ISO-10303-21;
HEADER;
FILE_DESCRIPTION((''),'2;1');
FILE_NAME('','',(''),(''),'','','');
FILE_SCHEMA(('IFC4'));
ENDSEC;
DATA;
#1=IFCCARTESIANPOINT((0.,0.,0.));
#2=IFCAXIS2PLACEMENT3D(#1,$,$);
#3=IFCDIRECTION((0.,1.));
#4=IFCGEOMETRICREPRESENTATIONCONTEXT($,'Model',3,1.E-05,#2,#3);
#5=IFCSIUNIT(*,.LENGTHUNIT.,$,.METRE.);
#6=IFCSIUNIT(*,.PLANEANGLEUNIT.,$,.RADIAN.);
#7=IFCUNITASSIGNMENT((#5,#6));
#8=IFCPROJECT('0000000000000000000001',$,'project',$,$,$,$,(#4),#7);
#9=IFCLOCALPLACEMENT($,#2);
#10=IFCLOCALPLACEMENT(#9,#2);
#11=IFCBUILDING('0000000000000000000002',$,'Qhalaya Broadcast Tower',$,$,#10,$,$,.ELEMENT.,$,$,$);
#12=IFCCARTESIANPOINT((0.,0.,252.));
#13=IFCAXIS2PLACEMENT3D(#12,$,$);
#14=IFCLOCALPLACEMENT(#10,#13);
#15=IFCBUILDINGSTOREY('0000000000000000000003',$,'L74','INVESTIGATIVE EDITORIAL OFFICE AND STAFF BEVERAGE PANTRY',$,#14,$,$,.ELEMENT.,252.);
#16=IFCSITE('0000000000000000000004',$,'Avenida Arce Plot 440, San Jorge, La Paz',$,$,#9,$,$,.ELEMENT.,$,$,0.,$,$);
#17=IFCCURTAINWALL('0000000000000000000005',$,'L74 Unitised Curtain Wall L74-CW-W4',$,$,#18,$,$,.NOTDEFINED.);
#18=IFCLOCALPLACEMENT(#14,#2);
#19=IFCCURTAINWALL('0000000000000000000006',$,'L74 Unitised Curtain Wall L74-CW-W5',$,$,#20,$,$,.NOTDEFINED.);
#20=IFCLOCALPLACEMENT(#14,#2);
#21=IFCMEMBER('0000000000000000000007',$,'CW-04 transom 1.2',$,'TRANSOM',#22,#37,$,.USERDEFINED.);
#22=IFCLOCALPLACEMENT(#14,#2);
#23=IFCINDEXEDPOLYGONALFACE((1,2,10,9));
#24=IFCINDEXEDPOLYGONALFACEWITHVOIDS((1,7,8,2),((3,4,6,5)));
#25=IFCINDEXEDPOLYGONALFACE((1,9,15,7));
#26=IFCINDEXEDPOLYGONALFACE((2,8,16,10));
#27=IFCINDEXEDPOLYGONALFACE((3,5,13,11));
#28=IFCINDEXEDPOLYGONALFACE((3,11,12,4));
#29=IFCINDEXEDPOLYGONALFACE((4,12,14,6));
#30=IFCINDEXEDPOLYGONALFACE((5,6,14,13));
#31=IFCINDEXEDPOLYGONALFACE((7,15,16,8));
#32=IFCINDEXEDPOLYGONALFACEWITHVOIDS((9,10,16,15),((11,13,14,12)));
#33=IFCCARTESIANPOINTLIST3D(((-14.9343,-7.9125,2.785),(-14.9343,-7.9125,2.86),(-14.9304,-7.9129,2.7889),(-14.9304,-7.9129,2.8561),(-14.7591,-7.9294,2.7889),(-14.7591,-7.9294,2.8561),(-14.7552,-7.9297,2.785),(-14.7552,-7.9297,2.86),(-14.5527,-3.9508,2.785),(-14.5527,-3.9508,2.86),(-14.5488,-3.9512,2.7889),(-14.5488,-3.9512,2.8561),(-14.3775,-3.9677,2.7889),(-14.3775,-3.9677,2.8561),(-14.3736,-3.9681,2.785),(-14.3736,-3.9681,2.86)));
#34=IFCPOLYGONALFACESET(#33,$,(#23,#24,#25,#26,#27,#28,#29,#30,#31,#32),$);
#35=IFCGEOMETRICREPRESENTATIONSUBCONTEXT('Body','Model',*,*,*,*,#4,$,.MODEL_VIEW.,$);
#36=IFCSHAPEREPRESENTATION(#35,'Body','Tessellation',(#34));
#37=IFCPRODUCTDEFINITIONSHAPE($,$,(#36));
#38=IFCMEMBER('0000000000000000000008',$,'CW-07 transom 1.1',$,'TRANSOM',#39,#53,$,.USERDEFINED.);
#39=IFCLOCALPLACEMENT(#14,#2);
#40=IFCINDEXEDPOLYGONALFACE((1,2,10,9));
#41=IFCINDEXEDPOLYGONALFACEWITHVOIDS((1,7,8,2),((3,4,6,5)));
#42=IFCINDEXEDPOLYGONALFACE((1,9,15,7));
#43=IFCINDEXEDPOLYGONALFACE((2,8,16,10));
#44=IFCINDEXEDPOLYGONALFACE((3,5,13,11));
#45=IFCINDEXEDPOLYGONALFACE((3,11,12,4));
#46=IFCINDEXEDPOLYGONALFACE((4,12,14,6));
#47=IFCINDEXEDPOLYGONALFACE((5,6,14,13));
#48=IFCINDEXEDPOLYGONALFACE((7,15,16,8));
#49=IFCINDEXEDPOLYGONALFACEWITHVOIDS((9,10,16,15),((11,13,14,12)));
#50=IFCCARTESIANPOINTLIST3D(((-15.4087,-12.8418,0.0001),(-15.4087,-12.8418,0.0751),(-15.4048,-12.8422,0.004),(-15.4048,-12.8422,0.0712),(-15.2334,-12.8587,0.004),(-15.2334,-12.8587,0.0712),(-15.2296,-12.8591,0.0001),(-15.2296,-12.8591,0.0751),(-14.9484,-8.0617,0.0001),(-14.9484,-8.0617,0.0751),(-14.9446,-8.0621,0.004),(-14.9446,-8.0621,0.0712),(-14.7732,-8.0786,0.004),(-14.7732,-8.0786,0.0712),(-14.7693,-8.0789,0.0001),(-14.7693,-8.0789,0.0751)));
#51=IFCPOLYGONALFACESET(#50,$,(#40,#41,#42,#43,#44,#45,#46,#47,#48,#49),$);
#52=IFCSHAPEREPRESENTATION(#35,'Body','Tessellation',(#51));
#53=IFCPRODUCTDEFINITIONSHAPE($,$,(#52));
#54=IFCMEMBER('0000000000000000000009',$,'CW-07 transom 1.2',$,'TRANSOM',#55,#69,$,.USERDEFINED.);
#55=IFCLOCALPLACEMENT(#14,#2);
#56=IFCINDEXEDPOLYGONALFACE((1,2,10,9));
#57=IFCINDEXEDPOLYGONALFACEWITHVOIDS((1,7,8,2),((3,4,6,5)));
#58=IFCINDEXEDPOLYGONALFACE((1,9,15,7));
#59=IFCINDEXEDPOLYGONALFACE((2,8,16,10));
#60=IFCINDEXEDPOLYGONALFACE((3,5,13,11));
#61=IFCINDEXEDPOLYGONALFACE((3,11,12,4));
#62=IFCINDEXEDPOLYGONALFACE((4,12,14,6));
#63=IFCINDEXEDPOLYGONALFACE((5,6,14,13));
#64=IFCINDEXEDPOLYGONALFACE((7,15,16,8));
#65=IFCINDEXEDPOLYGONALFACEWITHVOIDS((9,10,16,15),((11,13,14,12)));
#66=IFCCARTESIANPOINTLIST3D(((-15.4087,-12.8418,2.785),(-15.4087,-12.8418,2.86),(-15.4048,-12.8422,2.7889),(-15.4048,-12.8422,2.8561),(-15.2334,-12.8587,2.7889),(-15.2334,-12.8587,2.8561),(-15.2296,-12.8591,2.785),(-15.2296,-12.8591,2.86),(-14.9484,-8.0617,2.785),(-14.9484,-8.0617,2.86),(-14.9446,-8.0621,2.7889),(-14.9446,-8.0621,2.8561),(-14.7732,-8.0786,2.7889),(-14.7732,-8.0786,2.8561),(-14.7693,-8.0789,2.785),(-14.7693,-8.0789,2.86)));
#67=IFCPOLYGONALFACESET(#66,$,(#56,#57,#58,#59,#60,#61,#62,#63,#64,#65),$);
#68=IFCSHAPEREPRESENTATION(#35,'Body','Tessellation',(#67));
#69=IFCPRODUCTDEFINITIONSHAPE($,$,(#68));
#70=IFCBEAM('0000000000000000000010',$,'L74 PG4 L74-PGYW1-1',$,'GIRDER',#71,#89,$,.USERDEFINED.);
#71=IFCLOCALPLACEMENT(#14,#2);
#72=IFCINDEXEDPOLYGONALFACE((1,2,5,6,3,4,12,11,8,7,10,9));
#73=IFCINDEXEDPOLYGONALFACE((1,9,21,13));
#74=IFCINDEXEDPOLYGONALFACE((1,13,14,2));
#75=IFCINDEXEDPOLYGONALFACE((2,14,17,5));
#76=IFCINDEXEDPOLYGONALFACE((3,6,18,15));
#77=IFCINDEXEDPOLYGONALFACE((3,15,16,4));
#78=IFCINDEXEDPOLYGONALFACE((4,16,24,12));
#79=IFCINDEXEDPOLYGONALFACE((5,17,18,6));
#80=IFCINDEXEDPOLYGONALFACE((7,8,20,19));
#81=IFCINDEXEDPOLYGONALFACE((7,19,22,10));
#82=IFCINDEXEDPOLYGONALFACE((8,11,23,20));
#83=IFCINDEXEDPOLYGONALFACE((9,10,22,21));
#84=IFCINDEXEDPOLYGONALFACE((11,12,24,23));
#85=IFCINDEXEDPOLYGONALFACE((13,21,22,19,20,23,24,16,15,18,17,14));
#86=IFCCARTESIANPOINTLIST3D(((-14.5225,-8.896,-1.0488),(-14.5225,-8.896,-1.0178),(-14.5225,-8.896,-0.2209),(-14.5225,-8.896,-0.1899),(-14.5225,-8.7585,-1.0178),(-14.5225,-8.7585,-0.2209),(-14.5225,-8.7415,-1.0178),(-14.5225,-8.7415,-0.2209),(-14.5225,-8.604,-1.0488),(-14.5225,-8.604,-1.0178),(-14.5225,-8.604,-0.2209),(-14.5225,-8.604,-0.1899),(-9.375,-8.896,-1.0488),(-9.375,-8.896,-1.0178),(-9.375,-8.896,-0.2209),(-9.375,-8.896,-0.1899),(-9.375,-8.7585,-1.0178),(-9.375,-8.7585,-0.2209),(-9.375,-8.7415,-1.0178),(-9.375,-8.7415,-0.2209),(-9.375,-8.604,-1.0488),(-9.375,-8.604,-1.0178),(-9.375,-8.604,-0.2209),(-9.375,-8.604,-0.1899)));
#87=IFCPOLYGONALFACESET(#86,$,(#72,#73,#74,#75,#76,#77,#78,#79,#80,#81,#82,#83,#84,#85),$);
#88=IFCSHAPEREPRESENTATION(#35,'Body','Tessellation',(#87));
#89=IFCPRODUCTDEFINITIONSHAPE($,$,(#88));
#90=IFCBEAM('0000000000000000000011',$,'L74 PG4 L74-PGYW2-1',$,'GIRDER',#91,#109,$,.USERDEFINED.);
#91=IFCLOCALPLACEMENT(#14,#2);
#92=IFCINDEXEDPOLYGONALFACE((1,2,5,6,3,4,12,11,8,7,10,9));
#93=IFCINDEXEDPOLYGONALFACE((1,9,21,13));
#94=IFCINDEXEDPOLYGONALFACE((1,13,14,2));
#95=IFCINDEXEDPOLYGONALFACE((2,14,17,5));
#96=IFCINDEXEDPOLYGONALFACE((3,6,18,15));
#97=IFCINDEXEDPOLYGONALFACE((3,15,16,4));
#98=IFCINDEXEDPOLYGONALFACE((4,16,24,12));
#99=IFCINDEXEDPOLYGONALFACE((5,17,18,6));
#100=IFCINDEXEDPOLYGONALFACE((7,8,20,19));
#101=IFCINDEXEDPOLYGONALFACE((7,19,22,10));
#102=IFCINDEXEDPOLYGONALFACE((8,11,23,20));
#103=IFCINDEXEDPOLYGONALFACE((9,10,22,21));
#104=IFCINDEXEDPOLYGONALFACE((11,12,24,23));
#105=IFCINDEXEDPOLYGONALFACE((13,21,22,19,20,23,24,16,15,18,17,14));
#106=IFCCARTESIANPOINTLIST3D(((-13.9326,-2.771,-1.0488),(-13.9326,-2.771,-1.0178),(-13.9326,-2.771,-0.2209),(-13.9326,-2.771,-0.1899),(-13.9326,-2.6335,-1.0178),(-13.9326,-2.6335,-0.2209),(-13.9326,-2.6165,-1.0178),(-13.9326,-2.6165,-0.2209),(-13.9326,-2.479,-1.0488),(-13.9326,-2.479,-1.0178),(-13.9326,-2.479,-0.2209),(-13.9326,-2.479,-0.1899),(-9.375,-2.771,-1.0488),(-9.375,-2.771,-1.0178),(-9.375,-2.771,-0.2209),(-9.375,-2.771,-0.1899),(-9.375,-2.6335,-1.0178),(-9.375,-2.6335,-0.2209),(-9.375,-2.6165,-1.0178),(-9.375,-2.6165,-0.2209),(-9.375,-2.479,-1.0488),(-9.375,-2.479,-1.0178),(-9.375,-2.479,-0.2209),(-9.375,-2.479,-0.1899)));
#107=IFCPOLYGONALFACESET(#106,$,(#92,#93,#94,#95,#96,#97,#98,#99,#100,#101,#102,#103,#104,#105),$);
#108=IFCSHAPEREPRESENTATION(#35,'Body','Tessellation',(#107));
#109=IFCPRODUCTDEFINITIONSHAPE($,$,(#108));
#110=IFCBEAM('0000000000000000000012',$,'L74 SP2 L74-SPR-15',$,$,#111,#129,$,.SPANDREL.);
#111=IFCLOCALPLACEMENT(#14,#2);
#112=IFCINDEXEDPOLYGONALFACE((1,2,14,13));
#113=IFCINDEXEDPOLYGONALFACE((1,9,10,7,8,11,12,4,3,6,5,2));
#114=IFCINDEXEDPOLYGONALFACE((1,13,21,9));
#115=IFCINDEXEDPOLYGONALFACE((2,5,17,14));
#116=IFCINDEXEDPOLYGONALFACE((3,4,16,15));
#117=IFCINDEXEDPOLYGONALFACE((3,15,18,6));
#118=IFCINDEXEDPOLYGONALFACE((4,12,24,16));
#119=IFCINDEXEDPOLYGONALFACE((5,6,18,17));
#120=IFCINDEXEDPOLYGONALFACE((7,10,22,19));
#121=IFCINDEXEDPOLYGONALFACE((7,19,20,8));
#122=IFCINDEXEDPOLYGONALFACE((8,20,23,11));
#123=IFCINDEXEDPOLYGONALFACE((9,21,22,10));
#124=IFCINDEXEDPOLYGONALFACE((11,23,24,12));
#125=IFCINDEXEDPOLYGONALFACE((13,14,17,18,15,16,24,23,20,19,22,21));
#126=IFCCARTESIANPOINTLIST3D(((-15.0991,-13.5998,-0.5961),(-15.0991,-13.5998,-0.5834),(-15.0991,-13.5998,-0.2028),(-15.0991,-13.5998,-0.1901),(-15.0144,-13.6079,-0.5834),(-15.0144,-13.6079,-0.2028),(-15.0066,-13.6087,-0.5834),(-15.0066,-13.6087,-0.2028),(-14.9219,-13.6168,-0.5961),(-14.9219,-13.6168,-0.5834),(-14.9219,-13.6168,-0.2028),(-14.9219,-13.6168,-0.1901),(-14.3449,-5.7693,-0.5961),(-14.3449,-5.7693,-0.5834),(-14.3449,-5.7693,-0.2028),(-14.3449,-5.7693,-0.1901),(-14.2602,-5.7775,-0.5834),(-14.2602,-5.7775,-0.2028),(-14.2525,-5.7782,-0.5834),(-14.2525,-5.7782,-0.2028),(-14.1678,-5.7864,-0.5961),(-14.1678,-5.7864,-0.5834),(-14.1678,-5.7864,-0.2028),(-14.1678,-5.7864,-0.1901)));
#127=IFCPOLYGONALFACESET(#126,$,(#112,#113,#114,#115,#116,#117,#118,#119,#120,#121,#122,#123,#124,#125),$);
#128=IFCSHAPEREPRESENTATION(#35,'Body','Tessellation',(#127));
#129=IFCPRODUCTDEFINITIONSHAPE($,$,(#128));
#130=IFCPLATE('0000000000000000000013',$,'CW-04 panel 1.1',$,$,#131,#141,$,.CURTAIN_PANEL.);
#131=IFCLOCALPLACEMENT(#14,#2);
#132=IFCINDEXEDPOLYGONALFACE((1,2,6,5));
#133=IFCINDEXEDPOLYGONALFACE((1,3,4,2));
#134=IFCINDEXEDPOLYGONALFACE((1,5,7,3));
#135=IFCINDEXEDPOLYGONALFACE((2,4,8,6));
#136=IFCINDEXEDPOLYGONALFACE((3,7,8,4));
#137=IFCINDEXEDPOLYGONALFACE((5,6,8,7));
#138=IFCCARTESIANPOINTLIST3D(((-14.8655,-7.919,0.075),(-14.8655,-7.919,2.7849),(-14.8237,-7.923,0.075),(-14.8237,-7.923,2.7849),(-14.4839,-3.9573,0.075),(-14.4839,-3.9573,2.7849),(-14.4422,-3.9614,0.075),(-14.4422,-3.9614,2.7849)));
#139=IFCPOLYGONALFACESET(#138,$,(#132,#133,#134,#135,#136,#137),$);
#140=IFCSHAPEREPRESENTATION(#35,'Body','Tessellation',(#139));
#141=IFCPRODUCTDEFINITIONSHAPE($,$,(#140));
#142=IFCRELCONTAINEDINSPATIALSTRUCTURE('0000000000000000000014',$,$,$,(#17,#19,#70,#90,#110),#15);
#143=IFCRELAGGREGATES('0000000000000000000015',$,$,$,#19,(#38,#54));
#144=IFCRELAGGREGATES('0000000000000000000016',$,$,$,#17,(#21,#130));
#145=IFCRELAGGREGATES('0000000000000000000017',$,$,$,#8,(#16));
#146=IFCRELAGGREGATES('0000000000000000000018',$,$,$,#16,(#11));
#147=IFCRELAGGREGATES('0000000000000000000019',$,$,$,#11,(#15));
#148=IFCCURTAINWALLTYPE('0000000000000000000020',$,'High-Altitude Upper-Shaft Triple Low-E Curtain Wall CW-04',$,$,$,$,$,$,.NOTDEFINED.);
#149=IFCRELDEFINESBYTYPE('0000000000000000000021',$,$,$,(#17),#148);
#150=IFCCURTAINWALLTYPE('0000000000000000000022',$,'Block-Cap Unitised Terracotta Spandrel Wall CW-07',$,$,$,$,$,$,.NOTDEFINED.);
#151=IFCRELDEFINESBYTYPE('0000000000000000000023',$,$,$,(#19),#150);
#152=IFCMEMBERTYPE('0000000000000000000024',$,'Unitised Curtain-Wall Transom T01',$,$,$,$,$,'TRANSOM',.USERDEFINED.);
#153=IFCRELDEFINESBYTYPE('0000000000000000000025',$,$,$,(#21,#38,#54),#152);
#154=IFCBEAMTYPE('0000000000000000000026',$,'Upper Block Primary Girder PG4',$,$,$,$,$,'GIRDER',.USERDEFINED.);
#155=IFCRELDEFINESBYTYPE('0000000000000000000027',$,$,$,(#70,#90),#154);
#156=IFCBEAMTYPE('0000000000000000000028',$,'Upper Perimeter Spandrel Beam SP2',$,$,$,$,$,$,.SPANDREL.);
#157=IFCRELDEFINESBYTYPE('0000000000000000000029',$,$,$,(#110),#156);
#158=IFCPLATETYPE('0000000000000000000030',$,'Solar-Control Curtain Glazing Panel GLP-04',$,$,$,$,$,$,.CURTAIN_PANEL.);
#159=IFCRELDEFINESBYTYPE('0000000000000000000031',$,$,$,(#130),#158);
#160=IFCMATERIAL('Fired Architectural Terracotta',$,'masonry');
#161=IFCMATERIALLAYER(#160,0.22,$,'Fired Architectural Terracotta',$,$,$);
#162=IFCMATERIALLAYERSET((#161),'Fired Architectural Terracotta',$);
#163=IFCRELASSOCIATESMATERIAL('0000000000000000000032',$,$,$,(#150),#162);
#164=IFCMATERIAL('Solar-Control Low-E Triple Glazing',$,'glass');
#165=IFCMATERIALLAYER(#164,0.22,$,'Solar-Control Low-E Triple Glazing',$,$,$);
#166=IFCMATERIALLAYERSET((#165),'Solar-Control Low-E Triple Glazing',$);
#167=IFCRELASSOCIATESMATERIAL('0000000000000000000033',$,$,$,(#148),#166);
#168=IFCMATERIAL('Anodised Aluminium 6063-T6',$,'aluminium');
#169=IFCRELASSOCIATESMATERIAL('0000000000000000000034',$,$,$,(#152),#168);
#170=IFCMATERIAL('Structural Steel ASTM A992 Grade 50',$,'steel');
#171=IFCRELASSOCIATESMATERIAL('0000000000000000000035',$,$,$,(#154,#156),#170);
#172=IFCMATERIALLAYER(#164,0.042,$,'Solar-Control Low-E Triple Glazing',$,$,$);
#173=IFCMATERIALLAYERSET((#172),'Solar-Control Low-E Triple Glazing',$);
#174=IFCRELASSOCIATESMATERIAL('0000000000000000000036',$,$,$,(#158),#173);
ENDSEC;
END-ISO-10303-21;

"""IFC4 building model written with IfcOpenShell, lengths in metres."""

from ifc_helpers import new_model, si_unit, direction, frame, origin, origin_2d, place, context, subcontext, project, spatial, rectangle, hollow_rectangle, i_section, extrude, material, layer, layer_set, material_profile, profile_set, type_object, element, aggregate, save


model = new_model("IFC4")

# Units and contexts
model_context = context("Model", 3, precision=1e-05, world=origin(), true_north=direction((0.0, 1.0)))
body_context = subcontext(model_context, "Body", "Model", "MODEL_VIEW")
ifc_project = project(units=[si_unit("LENGTHUNIT", "METRE"), si_unit("PLANEANGLEUNIT", "RADIAN")], contexts=[model_context])

# Site, building, storey
site_placement = place(None, origin())
site = spatial("IfcSite", under=ifc_project, at=site_placement, Name="Avenida Arce Plot 440, San Jorge, La Paz", CompositionType="ELEMENT", RefElevation=0.0)
building_placement = place(site_placement, origin())
building = spatial("IfcBuilding", under=site, at=building_placement, Name="Qhalaya Broadcast Tower", CompositionType="ELEMENT")
storey_placement = place(building_placement, frame((0.0, 0.0, 252.0)))
storey = spatial("IfcBuildingStorey", under=building, at=storey_placement, Name="L74", Description="INVESTIGATIVE EDITORIAL OFFICE AND STAFF BEVERAGE PANTRY", CompositionType="ELEMENT", Elevation=252.0)

# Shared definitions
ifc_material_1 = material(Name="Structural Steel ASTM A992 Grade 50", Category="steel")

# Shared definitions
ifc_material_2 = material(Name="Fired Architectural Terracotta", Category="masonry")
ifc_layer_1 = layer(ifc_material_2, 0.22, Name="Fired Architectural Terracotta")
ifc_layer_set_1 = layer_set([ifc_layer_1], Name="Fired Architectural Terracotta")
curtain_wall_type_1 = type_object("IfcCurtainWallType", Name="Block-Cap Unitised Terracotta Spandrel Wall CW-07", PredefinedType="NOTDEFINED", material=ifc_layer_set_1)
ifc_material_3 = material(Name="Anodised Aluminium 6063-T6", Category="aluminium")

# Curtain wall
ifc_material_4 = material(Name="Solar-Control Low-E Triple Glazing", Category="glass")
ifc_layer_2 = layer(ifc_material_4, 0.22, Name="Solar-Control Low-E Triple Glazing")
ifc_layer_set_2 = layer_set([ifc_layer_2], Name="Solar-Control Low-E Triple Glazing")
curtain_wall_type_2 = type_object("IfcCurtainWallType", Name="High-Altitude Upper-Shaft Triple Low-E Curtain Wall CW-04", PredefinedType="NOTDEFINED", material=ifc_layer_set_2)
curtain_wall_1_placement = place(storey_placement, origin())
curtain_wall_1 = element("IfcCurtainWall", 1, at=curtain_wall_1_placement, inside=storey, type_object=curtain_wall_type_2, Name="L74 Unitised Curtain Wall L74-CW-W4", PredefinedType="NOTDEFINED")

# Curtain wall
curtain_wall_2_placement = place(storey_placement, origin())
curtain_wall_2 = element("IfcCurtainWall", 2, at=curtain_wall_2_placement, inside=storey, type_object=curtain_wall_type_1, Name="L74 Unitised Curtain Wall L74-CW-W5", PredefinedType="NOTDEFINED")

# Members
ifc_material_profile_1 = material_profile(ifc_material_3, hollow_rectangle(XDim=0.075, YDim=0.1799, WallThickness=0.0039, at=origin_2d()), Name="ALU-TRN 75x180x4")
ifc_profile_set_1 = profile_set([ifc_material_profile_1], Name="Anodised Aluminium 6063-T6")
member_type_1 = type_object("IfcMemberType", Name="Unitised Curtain-Wall Transom T01", ElementType="TRANSOM", PredefinedType="USERDEFINED", material=ifc_profile_set_1)
member_1_placement = place(storey_placement, frame((-14.4631, -3.9595, 2.8225), z_axis=(-0.095877, -0.995393, 0.0), x_axis=(0.0, 0.0, 1.0)))
member_1 = element("IfcMember", 3, at=member_1_placement, type_object=member_type_1, Name="CW-04 transom 1.2", ObjectType="TRANSOM", PredefinedType="USERDEFINED", context=body_context, shape_type="SweptSolid", body=[
    extrude(hollow_rectangle(XDim=0.075, YDim=0.1799, WallThickness=0.0039, at=origin_2d()), origin(), (0.0, 0.0, 1.0), 3.98),
])
member_2_placement = place(storey_placement, frame((-14.8589, -8.0703, 0.0376), z_axis=(-0.095833, -0.995397, 0.0), x_axis=(0.0, 0.0, 1.0)))
member_2 = element("IfcMember", 4, at=member_2_placement, type_object=member_type_1, Name="CW-07 transom 1.1", ObjectType="TRANSOM", PredefinedType="USERDEFINED", context=body_context, shape_type="SweptSolid", body=[
    extrude(hollow_rectangle(XDim=0.075, YDim=0.1799, WallThickness=0.0039, at=origin_2d()), origin(), (0.0, 0.0, 1.0), 4.8022),
])
member_3_placement = place(storey_placement, frame((-14.8589, -8.0703, 2.8225), z_axis=(-0.095833, -0.995397, 0.0), x_axis=(0.0, 0.0, 1.0)))
member_3 = element("IfcMember", 5, at=member_3_placement, type_object=member_type_1, Name="CW-07 transom 1.2", ObjectType="TRANSOM", PredefinedType="USERDEFINED", context=body_context, shape_type="SweptSolid", body=[
    extrude(hollow_rectangle(XDim=0.075, YDim=0.1799, WallThickness=0.0039, at=origin_2d()), origin(), (0.0, 0.0, 1.0), 4.8022),
])
aggregate(curtain_wall_2, [member_2, member_3])

# Beams
ifc_material_profile_2 = material_profile(ifc_material_1, i_section(OverallWidth=0.292, OverallDepth=0.8589, WebThickness=0.0171, FlangeThickness=0.031, at=origin_2d()), Name="W33X169")
ifc_profile_set_2 = profile_set([ifc_material_profile_2], Name="Structural Steel ASTM A992 Grade 50")
beam_type_1 = type_object("IfcBeamType", Name="Upper Block Primary Girder PG4", ElementType="GIRDER", PredefinedType="USERDEFINED", material=ifc_profile_set_2)
beam_1_placement = place(storey_placement, frame((-14.5225, -8.75, -0.6194), z_axis=(1.0, 0.0, 0.0), x_axis=(0.0, 1.0, 0.0)))
element("IfcBeam", 6, at=beam_1_placement, inside=storey, type_object=beam_type_1, Name="L74 PG4 L74-PGYW1-1", ObjectType="GIRDER", PredefinedType="USERDEFINED", context=body_context, shape_type="SweptSolid", body=[
    extrude(i_section(OverallWidth=0.292, OverallDepth=0.8589, WebThickness=0.0171, FlangeThickness=0.031, at=origin_2d()), origin(), (0.0, 0.0, 1.0), 5.1475),
])
beam_2_placement = place(storey_placement, frame((-13.9326, -2.625, -0.6194), z_axis=(1.0, 0.0, 0.0), x_axis=(0.0, 1.0, 0.0)))
element("IfcBeam", 7, at=beam_2_placement, inside=storey, type_object=beam_type_1, Name="L74 PG4 L74-PGYW2-1", ObjectType="GIRDER", PredefinedType="USERDEFINED", context=body_context, shape_type="SweptSolid", body=[
    extrude(i_section(OverallWidth=0.292, OverallDepth=0.8589, WebThickness=0.0171, FlangeThickness=0.031, at=origin_2d()), origin(), (0.0, 0.0, 1.0), 4.5576),
])
ifc_material_profile_3 = material_profile(ifc_material_1, i_section(OverallWidth=0.178, OverallDepth=0.406, WebThickness=0.0078, FlangeThickness=0.0127, at=origin_2d()), Name="W16X40")
ifc_profile_set_3 = profile_set([ifc_material_profile_3], Name="Structural Steel ASTM A992 Grade 50")
beam_type_2 = type_object("IfcBeamType", Name="Upper Perimeter Spandrel Beam SP2", PredefinedType="SPANDREL", material=ifc_profile_set_3)
beam_3_placement = place(storey_placement, frame((-14.2563, -5.7778, -0.3931), z_axis=(-0.095865, -0.995394, 0.0), x_axis=(0.995394, -0.095865, 0.0)))
element("IfcBeam", 8, at=beam_3_placement, inside=storey, type_object=beam_type_2, Name="L74 SP2 L74-SPR-15", PredefinedType="SPANDREL", context=body_context, shape_type="SweptSolid", body=[
    extrude(i_section(OverallWidth=0.178, OverallDepth=0.406, WebThickness=0.0078, FlangeThickness=0.0127, at=origin_2d()), origin(), (0.0, 0.0, 1.0), 7.8667),
])

# Plate
ifc_layer_3 = layer(ifc_material_4, 0.042, Name="Solar-Control Low-E Triple Glazing")
ifc_layer_set_3 = layer_set([ifc_layer_3], Name="Solar-Control Low-E Triple Glazing")
plate_type = type_object("IfcPlateType", Name="Solar-Control Curtain Glazing Panel GLP-04", PredefinedType="CURTAIN_PANEL", material=ifc_layer_set_3)
plate_placement = place(storey_placement, frame((-14.6538, -5.9402, 0.075), z_axis=(0.0, 0.0, 1.0), x_axis=(-0.095859, -0.995395, 0.0)))
plate = element("IfcPlate", 9, at=plate_placement, type_object=plate_type, Name="CW-04 panel 1.1", PredefinedType="CURTAIN_PANEL", context=body_context, shape_type="SweptSolid", body=[
    extrude(rectangle(XDim=3.98, YDim=0.042, at=origin_2d()), origin(), (0.0, 0.0, 1.0), 2.71),
])
aggregate(curtain_wall_1, [member_1, plate])

save(model, "model.ifc")
